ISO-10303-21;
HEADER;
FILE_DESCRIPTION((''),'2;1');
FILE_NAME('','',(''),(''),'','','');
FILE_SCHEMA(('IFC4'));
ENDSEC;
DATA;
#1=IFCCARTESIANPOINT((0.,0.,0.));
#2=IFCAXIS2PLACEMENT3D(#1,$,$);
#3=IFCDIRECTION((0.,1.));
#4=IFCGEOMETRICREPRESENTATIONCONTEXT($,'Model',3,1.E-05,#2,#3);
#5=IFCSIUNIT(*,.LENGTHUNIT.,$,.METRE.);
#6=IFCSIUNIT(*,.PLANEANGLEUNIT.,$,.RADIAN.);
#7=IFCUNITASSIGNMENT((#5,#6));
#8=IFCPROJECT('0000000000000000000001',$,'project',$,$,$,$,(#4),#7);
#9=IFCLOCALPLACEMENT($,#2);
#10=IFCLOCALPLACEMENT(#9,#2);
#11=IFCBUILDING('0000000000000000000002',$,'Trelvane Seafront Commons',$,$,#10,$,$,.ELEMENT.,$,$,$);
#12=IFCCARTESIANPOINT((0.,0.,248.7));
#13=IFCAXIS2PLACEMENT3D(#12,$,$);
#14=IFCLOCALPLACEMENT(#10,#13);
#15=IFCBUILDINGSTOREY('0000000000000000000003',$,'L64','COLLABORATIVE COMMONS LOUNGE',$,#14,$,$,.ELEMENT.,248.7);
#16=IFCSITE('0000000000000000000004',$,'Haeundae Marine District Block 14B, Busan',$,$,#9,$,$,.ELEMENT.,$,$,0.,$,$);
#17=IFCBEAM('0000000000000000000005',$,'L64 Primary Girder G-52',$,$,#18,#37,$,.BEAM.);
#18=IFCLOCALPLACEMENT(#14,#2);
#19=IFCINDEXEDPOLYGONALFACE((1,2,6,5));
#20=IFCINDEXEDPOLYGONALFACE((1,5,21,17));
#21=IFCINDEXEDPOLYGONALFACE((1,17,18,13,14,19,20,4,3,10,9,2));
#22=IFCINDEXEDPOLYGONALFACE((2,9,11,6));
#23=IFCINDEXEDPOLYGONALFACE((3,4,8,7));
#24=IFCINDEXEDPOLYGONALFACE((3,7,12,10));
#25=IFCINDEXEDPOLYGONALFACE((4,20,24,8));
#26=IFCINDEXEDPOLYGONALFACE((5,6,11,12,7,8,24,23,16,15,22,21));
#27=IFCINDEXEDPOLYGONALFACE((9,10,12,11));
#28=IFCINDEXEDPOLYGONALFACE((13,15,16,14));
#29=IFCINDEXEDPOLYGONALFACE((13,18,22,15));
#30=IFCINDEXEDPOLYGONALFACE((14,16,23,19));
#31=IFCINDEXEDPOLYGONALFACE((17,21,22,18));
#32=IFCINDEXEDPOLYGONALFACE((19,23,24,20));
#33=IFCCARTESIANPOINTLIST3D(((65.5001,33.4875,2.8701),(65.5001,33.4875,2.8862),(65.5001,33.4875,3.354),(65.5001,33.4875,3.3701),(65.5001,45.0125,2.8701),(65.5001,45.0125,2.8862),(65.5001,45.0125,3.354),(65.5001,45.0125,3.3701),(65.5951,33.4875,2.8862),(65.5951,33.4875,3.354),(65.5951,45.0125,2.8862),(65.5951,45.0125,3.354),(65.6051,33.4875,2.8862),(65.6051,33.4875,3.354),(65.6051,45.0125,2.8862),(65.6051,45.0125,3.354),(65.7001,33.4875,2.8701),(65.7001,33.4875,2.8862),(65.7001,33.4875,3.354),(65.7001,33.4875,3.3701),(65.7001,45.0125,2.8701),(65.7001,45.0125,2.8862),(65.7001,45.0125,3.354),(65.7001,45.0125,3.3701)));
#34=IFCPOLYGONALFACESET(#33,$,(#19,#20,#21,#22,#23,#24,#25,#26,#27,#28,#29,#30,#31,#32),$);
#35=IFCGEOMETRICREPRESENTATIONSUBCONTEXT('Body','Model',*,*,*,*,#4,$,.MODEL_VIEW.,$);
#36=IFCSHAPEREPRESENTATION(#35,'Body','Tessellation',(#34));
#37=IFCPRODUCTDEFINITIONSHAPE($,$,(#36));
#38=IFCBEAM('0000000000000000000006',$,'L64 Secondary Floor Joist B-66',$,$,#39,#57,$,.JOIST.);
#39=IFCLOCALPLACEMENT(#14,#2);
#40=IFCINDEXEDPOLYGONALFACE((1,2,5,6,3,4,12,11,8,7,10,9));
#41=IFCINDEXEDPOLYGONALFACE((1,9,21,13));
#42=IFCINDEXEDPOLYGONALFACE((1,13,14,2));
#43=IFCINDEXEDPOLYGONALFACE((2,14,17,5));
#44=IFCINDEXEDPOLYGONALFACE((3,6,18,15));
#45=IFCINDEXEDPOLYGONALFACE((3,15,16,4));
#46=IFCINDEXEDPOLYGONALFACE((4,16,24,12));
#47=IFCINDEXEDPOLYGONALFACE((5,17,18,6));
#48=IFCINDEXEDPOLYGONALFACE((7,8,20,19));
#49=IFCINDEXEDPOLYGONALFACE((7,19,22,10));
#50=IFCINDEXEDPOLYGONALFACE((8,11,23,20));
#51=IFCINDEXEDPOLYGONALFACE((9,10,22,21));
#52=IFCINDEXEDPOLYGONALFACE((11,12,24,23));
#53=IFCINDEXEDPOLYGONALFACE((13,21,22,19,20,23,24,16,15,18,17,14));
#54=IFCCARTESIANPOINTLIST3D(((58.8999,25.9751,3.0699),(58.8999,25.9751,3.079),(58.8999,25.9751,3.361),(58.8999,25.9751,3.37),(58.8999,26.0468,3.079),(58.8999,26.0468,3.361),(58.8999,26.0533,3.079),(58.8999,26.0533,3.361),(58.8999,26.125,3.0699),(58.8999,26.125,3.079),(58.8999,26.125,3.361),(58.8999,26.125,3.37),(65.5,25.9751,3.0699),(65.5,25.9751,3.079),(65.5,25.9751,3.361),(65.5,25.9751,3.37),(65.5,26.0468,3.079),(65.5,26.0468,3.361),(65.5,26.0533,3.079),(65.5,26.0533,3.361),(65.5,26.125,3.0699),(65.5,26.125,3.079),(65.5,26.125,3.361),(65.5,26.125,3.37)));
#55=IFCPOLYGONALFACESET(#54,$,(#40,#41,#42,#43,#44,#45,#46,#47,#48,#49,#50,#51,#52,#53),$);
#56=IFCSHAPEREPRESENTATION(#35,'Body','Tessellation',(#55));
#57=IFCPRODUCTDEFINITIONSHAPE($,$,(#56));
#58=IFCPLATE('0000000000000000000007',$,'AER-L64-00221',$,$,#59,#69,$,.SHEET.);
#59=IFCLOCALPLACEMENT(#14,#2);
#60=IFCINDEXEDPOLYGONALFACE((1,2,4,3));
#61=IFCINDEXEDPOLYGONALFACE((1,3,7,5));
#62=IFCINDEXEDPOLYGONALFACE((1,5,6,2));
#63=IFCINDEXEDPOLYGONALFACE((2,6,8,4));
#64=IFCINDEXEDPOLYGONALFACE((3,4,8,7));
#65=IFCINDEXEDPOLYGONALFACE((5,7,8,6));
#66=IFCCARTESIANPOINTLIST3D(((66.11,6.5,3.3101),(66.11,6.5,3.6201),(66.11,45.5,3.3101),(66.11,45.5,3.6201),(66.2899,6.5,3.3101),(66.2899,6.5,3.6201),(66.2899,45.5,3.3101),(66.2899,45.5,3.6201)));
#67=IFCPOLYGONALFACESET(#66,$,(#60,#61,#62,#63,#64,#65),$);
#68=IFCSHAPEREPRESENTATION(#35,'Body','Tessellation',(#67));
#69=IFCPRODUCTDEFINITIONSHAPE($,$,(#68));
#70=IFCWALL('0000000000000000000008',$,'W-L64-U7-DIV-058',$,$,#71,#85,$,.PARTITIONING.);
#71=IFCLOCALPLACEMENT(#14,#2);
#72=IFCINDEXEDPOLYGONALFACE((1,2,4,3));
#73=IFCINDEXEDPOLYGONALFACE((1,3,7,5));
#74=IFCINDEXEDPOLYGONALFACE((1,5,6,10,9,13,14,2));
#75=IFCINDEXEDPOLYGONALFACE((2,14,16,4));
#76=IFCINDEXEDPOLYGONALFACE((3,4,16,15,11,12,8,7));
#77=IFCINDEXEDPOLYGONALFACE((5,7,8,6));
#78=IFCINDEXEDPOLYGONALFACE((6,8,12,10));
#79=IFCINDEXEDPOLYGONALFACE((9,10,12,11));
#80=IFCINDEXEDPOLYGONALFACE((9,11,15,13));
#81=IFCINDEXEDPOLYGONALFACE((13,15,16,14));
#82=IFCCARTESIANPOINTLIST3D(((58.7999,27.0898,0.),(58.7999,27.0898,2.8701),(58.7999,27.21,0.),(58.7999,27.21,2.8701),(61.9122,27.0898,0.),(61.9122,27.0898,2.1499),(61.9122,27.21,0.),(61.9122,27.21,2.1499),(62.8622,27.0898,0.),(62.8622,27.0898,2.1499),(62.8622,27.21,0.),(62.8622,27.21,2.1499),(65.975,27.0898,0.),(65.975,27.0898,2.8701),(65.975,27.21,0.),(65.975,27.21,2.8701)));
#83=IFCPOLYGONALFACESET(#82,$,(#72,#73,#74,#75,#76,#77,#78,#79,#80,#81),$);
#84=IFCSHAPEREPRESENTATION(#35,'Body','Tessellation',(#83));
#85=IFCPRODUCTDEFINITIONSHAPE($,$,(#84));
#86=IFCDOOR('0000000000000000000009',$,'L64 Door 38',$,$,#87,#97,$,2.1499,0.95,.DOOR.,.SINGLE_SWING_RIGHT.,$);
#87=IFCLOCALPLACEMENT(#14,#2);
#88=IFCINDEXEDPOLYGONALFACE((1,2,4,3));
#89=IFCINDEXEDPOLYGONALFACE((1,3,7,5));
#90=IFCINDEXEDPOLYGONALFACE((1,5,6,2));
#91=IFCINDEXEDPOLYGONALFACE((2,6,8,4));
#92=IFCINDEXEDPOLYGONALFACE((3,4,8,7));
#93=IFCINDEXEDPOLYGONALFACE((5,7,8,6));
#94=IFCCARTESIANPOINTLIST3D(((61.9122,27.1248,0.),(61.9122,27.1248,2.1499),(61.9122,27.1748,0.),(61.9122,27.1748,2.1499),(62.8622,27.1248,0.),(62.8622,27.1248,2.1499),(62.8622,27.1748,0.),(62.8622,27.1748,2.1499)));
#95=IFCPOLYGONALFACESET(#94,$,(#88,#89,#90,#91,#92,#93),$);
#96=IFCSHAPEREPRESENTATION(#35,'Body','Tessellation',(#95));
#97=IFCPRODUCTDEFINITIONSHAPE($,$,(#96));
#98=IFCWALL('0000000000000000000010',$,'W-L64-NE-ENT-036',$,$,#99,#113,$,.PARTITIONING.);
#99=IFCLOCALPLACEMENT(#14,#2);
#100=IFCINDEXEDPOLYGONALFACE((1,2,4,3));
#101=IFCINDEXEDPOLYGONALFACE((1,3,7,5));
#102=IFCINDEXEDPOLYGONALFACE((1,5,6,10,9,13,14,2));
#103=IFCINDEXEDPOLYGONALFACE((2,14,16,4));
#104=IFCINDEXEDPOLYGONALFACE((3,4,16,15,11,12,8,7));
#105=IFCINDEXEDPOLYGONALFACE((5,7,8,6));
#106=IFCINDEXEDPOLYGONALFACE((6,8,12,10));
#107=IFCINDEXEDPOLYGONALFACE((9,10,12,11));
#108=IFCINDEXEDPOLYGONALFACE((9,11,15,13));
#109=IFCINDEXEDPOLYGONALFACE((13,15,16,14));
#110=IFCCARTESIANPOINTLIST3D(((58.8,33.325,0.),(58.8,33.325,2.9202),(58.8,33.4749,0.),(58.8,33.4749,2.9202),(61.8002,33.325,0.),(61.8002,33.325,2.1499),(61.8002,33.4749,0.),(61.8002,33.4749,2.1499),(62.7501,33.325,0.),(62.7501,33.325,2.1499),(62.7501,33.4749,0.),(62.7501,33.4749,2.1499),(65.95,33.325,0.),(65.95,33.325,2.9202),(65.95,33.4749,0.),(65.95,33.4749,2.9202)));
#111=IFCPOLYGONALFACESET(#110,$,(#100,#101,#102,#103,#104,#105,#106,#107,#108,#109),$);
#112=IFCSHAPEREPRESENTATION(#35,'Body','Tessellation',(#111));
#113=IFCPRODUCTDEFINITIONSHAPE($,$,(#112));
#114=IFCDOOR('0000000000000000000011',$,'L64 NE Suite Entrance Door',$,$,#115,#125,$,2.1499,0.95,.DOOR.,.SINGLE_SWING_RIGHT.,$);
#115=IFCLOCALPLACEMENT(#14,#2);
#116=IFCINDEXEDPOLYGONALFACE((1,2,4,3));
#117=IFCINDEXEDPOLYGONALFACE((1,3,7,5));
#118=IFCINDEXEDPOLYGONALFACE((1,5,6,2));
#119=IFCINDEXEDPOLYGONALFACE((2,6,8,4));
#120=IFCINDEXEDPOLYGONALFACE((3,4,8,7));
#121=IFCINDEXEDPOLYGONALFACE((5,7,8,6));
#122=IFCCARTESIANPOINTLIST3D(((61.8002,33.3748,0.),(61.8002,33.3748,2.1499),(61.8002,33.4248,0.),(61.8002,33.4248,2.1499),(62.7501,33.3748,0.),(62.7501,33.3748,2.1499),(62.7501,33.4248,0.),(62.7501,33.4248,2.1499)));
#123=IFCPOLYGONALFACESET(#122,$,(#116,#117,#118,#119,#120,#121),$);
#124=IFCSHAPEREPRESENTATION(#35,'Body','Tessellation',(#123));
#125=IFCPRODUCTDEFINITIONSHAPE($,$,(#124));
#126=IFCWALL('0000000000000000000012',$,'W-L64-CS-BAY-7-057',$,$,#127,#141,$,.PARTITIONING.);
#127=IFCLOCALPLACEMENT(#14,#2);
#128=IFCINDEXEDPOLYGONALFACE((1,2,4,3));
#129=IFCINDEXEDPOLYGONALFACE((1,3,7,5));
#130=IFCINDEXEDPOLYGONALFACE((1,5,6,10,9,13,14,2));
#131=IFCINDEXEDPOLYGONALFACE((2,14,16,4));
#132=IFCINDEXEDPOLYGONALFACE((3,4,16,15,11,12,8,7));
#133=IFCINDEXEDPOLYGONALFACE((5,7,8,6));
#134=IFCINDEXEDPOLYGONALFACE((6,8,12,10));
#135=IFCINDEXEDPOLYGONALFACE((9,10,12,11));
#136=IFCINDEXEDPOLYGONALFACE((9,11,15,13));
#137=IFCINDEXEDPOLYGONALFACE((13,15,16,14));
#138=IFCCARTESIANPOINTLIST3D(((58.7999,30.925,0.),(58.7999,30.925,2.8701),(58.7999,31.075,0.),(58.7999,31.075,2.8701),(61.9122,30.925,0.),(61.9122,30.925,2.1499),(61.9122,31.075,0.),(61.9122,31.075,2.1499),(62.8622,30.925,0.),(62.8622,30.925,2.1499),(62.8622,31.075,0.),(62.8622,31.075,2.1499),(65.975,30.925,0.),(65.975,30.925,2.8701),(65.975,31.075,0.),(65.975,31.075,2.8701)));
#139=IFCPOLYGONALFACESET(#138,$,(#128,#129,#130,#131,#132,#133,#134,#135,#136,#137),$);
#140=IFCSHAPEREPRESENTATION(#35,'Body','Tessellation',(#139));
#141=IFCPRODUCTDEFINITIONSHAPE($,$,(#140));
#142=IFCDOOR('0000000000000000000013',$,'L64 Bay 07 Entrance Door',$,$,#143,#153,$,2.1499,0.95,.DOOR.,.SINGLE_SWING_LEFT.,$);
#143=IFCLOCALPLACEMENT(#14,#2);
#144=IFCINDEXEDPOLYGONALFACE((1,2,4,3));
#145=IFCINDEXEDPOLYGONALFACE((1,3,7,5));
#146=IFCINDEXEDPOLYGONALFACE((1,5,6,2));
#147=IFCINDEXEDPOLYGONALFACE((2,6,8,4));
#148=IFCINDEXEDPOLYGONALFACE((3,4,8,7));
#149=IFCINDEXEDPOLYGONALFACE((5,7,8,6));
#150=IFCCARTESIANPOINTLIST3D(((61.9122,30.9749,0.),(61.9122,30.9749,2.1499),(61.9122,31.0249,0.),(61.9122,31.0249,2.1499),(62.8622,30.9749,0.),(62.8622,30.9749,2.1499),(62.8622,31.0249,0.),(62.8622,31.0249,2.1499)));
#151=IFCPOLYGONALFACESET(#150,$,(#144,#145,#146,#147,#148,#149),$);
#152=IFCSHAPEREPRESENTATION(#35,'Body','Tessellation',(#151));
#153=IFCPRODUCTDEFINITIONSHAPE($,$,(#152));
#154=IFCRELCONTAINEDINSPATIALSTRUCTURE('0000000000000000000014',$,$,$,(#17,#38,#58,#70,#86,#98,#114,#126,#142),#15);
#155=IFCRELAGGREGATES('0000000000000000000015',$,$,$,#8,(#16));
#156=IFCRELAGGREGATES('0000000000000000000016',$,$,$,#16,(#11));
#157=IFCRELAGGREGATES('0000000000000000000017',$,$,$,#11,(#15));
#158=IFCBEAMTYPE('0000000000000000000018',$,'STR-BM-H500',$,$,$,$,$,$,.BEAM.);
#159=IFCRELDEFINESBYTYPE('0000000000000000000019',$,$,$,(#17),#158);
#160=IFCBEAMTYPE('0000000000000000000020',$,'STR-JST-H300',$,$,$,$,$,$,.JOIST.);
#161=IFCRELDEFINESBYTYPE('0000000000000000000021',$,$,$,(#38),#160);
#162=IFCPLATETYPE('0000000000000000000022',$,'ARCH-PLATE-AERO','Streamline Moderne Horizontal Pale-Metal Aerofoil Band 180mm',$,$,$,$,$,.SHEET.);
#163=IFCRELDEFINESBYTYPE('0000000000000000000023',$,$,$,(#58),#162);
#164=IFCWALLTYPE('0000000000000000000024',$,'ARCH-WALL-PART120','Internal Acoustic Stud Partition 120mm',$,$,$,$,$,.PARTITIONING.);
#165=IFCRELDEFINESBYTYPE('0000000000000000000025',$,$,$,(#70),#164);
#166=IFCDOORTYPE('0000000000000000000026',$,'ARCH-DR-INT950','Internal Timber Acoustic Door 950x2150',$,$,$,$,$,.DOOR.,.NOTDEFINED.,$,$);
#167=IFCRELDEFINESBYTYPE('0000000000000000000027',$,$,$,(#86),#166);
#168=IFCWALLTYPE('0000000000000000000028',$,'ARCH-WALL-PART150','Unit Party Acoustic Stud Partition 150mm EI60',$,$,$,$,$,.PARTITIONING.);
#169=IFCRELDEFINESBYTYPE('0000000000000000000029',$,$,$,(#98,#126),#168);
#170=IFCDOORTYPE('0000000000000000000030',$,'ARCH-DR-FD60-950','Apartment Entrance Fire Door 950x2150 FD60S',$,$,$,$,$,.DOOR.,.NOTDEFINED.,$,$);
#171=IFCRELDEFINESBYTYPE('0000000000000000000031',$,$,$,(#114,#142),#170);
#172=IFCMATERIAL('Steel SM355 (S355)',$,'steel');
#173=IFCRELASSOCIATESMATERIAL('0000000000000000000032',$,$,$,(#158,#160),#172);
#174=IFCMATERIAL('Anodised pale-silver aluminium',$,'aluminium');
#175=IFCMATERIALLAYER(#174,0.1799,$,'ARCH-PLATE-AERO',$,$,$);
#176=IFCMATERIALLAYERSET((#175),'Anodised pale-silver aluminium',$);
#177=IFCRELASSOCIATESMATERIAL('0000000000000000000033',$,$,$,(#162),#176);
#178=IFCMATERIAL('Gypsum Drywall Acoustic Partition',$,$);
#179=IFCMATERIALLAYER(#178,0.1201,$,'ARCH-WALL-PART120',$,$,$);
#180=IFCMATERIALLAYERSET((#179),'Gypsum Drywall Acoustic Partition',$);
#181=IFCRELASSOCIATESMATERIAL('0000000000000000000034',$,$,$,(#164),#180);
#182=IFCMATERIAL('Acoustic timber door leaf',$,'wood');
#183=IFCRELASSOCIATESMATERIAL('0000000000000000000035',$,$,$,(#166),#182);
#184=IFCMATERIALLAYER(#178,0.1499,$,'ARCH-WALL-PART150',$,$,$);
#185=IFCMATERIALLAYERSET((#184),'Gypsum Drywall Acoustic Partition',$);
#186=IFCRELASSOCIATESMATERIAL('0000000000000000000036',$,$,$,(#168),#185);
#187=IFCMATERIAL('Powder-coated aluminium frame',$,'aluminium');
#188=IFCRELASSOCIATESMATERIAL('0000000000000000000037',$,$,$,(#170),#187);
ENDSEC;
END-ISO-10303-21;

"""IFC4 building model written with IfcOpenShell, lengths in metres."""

from ifc_helpers import new_model, si_unit, direction, frame, frame_2d, origin, origin_2d, place, context, subcontext, project, spatial, rectangle, i_section, extrude, source, transform, mapped, material, layer, layer_set, material_profile, profile_set, type_object, element, fill, save


model = new_model("IFC4")

# Units and contexts
model_context = context("Model", 3, precision=1e-05, world=origin(), true_north=direction((0.0, 1.0)))
body_context = subcontext(model_context, "Body", "Model", "MODEL_VIEW")
ifc_project = project(units=[si_unit("LENGTHUNIT", "METRE"), si_unit("PLANEANGLEUNIT", "RADIAN")], contexts=[model_context])

# Site, building, storey
site_placement = place(None, origin())
site = spatial("IfcSite", under=ifc_project, at=site_placement, Name="Haeundae Marine District Block 14B, Busan", CompositionType="ELEMENT", RefElevation=0.0)
building_placement = place(site_placement, origin())
building = spatial("IfcBuilding", under=site, at=building_placement, Name="Trelvane Seafront Commons", CompositionType="ELEMENT")
storey_placement = place(building_placement, frame((0.0, 0.0, 248.7)))
storey = spatial("IfcBuildingStorey", under=building, at=storey_placement, Name="L64", Description="COLLABORATIVE COMMONS LOUNGE", CompositionType="ELEMENT", Elevation=248.7)

# Shared definitions
ifc_material_1 = material(Name="Steel SM355 (S355)", Category="steel")

# Beams
ifc_material_profile_1 = material_profile(ifc_material_1, i_section(OverallWidth=0.2, OverallDepth=0.5, WebThickness=0.01, FlangeThickness=0.0161, at=origin_2d()), Name="H-500x200x10x16")
ifc_profile_set_1 = profile_set([ifc_material_profile_1], Name="Steel SM355 (S355)")
beam_type_1 = type_object("IfcBeamType", Name="STR-BM-H500", PredefinedType="BEAM", material=ifc_profile_set_1)
shared_shape_1 = source(origin(), body_context, "Body", "SweptSolid", [
    extrude(i_section(OverallWidth=0.2, OverallDepth=0.5, WebThickness=0.01, FlangeThickness=0.0161, at=origin_2d()), origin(), (0.0, 0.0, 1.0), 11.5249),
])
beam_1_placement = place(storey_placement, frame((65.6001, 33.4875, 3.1201), z_axis=(0.0, 1.0, 0.0), x_axis=(-1.0, 0.0, 0.0)))
element("IfcBeam", 1, at=beam_1_placement, inside=storey, type_object=beam_type_1, Name="L64 Primary Girder G-52", PredefinedType="BEAM", context=body_context, shape_type="MappedRepresentation", body=[
    mapped(shared_shape_1, transform((0.0, 0.0, 0.0), x_axis=(1.0, 0.0, 0.0), y_axis=(0.0, 1.0, 0.0), z_axis=(0.0, 0.0, 1.0), scale=1.0)),
])
ifc_material_profile_2 = material_profile(ifc_material_1, i_section(OverallWidth=0.1499, OverallDepth=0.3, WebThickness=0.0066, FlangeThickness=0.009, at=origin_2d()), Name="H-300x150x6.5x9")
ifc_profile_set_2 = profile_set([ifc_material_profile_2], Name="Steel SM355 (S355)")
beam_type_2 = type_object("IfcBeamType", Name="STR-JST-H300", PredefinedType="JOIST", material=ifc_profile_set_2)
shared_shape_2 = source(origin(), body_context, "Body", "SweptSolid", [
    extrude(i_section(OverallWidth=0.1499, OverallDepth=0.3, WebThickness=0.0066, FlangeThickness=0.009, at=origin_2d()), origin(), (0.0, 0.0, 1.0), 6.6001),
])
beam_2_placement = place(storey_placement, frame((58.8999, 26.05, 3.22), z_axis=(1.0, 0.0, 0.0), x_axis=(0.0, 1.0, 0.0)))
element("IfcBeam", 2, at=beam_2_placement, inside=storey, type_object=beam_type_2, Name="L64 Secondary Floor Joist B-66", PredefinedType="JOIST", context=body_context, shape_type="MappedRepresentation", body=[
    mapped(shared_shape_2, transform((0.0, 0.0, 0.0), x_axis=(1.0, 0.0, 0.0), y_axis=(0.0, 1.0, 0.0), z_axis=(0.0, 0.0, 1.0), scale=1.0)),
])

# Plate
ifc_material_2 = material(Name="Anodised pale-silver aluminium", Category="aluminium")
ifc_layer_1 = layer(ifc_material_2, 0.1799, Name="ARCH-PLATE-AERO")
ifc_layer_set_1 = layer_set([ifc_layer_1], Name="Anodised pale-silver aluminium")
plate_type = type_object("IfcPlateType", Name="ARCH-PLATE-AERO", Description="Streamline Moderne Horizontal Pale-Metal Aerofoil Band 180mm", PredefinedType="SHEET", material=ifc_layer_set_1)
shared_shape_3 = source(origin(), body_context, "Body", "SweptSolid", [
    extrude(rectangle(XDim=39.0, YDim=0.1799, at=origin_2d()), origin(), (0.0, 0.0, 1.0), 0.3101),
])
plate_placement = place(storey_placement, frame((66.2, 26.0, 3.3101), z_axis=(0.0, 0.0, 1.0), x_axis=(0.0, -1.0, 0.0)))
element("IfcPlate", 3, at=plate_placement, inside=storey, type_object=plate_type, Name="AER-L64-00221", PredefinedType="SHEET", context=body_context, shape_type="MappedRepresentation", body=[
    mapped(shared_shape_3, transform((0.0, 0.0, 0.0), x_axis=(1.0, 0.0, 0.0), y_axis=(0.0, 1.0, 0.0), z_axis=(0.0, 0.0, 1.0), scale=1.0)),
])

# Walls, openings, doors
ifc_material_3 = material(Name="Gypsum Drywall Acoustic Partition")
ifc_layer_2 = layer(ifc_material_3, 0.1201, Name="ARCH-WALL-PART120")
ifc_layer_set_2 = layer_set([ifc_layer_2], Name="Gypsum Drywall Acoustic Partition")
wall_type_1 = type_object("IfcWallType", Name="ARCH-WALL-PART120", Description="Internal Acoustic Stud Partition 120mm", PredefinedType="PARTITIONING", material=ifc_layer_set_2)
wall_1_placement = place(storey_placement, frame((58.8, 27.1499, 0.0), z_axis=(0.0, 0.0, 1.0), x_axis=(1.0, 0.0, 0.0)))
wall_1 = element("IfcWall", 4, at=wall_1_placement, inside=storey, type_object=wall_type_1, Name="W-L64-U7-DIV-058", PredefinedType="PARTITIONING", context=body_context, shape_type="SweptSolid", body=[
    extrude(rectangle(XDim=7.175, YDim=0.1201, at=frame_2d((3.5874, 0.0))), origin(), (0.0, 0.0, 1.0), 2.8701),
])
opening_1_placement = place(wall_1_placement, frame((3.1121, 0.0, 0.0)))
opening_1 = element("IfcOpeningElement", 5, at=opening_1_placement, cuts=wall_1, PredefinedType="OPENING", context=body_context, shape_type="SweptSolid", body=[
    extrude(rectangle(XDim=0.95, YDim=2.1499, at=frame_2d((0.4751, 1.075))), frame((0.0, 0.0701, 0.0), z_axis=(0.0, -1.0, 0.0), x_axis=(1.0, 0.0, 0.0)), (0.0, 0.0, 1.0), 0.1401),
])
ifc_material_4 = material(Name="Acoustic timber door leaf", Category="wood")
door_type_1 = type_object("IfcDoorType", Name="ARCH-DR-INT950", Description="Internal Timber Acoustic Door 950x2150", OperationType="NOTDEFINED", PredefinedType="DOOR", material=ifc_material_4)
shared_shape_4 = source(origin(), body_context, "Body", "SweptSolid", [
    extrude(rectangle(XDim=0.95, YDim=2.1499, at=frame_2d((0.4751, 1.075))), frame((0.0, 0.0249, 0.0), z_axis=(0.0, -1.0, 0.0), x_axis=(1.0, 0.0, 0.0)), (0.0, 0.0, 1.0), 0.05),
])
door_1_placement = place(opening_1_placement, origin())
door_1 = element("IfcDoor", 6, at=door_1_placement, inside=storey, type_object=door_type_1, Name="L64 Door 38", OperationType="SINGLE_SWING_RIGHT", OverallHeight=2.1499, OverallWidth=0.95, PredefinedType="DOOR", context=body_context, shape_type="MappedRepresentation", body=[
    mapped(shared_shape_4, transform((0.0, 0.0, 0.0), x_axis=(1.0, 0.0, 0.0), y_axis=(0.0, 1.0, 0.0), z_axis=(0.0, 0.0, 1.0), scale=1.0)),
])
fill(opening_1, door_1)
ifc_layer_3 = layer(ifc_material_3, 0.1499, Name="ARCH-WALL-PART150")
ifc_layer_set_3 = layer_set([ifc_layer_3], Name="Gypsum Drywall Acoustic Partition")
wall_type_2 = type_object("IfcWallType", Name="ARCH-WALL-PART150", Description="Unit Party Acoustic Stud Partition 150mm EI60", PredefinedType="PARTITIONING", material=ifc_layer_set_3)
wall_2_placement = place(storey_placement, frame((58.8, 33.3999, 0.0), z_axis=(0.0, 0.0, 1.0), x_axis=(1.0, 0.0, 0.0)))
wall_2 = element("IfcWall", 7, at=wall_2_placement, inside=storey, type_object=wall_type_2, Name="W-L64-NE-ENT-036", PredefinedType="PARTITIONING", context=body_context, shape_type="SweptSolid", body=[
    extrude(rectangle(XDim=7.1499, YDim=0.1499, at=frame_2d((3.575, 0.0))), origin(), (0.0, 0.0, 1.0), 2.9202),
])
opening_2_placement = place(wall_2_placement, frame((3.0, 0.0, 0.0)))
opening_2 = element("IfcOpeningElement", 8, at=opening_2_placement, cuts=wall_2, PredefinedType="OPENING", context=body_context, shape_type="SweptSolid", body=[
    extrude(rectangle(XDim=0.95, YDim=2.1499, at=frame_2d((0.4751, 1.075))), frame((0.0, 0.085, 0.0), z_axis=(0.0, -1.0, 0.0), x_axis=(1.0, 0.0, 0.0)), (0.0, 0.0, 1.0), 0.1699),
])
ifc_material_5 = material(Name="Powder-coated aluminium frame", Category="aluminium")
door_type_2 = type_object("IfcDoorType", Name="ARCH-DR-FD60-950", Description="Apartment Entrance Fire Door 950x2150 FD60S", OperationType="NOTDEFINED", PredefinedType="DOOR", material=ifc_material_5)
door_2_placement = place(opening_2_placement, origin())
door_2 = element("IfcDoor", 9, at=door_2_placement, inside=storey, type_object=door_type_2, Name="L64 NE Suite Entrance Door", OperationType="SINGLE_SWING_RIGHT", OverallHeight=2.1499, OverallWidth=0.95, PredefinedType="DOOR", context=body_context, shape_type="MappedRepresentation", body=[
    mapped(shared_shape_4, transform((0.0, 0.0, 0.0), x_axis=(1.0, 0.0, 0.0), y_axis=(0.0, 1.0, 0.0), z_axis=(0.0, 0.0, 1.0), scale=1.0)),
])
fill(opening_2, door_2)
wall_3_placement = place(storey_placement, frame((58.8, 31.0, 0.0), z_axis=(0.0, 0.0, 1.0), x_axis=(1.0, 0.0, 0.0)))
wall_3 = element("IfcWall", 10, at=wall_3_placement, inside=storey, type_object=wall_type_2, Name="W-L64-CS-BAY-7-057", PredefinedType="PARTITIONING", context=body_context, shape_type="SweptSolid", body=[
    extrude(rectangle(XDim=7.175, YDim=0.1499, at=frame_2d((3.5874, 0.0))), origin(), (0.0, 0.0, 1.0), 2.8701),
])
opening_3_placement = place(wall_3_placement, frame((3.1121, 0.0, 0.0)))
opening_3 = element("IfcOpeningElement", 11, at=opening_3_placement, cuts=wall_3, PredefinedType="OPENING", context=body_context, shape_type="SweptSolid", body=[
    extrude(rectangle(XDim=0.95, YDim=2.1499, at=frame_2d((0.4751, 1.075))), frame((0.0, 0.085, 0.0), z_axis=(0.0, -1.0, 0.0), x_axis=(1.0, 0.0, 0.0)), (0.0, 0.0, 1.0), 0.1699),
])
door_3_placement = place(opening_3_placement, origin())
door_3 = element("IfcDoor", 12, at=door_3_placement, inside=storey, type_object=door_type_2, Name="L64 Bay 07 Entrance Door", OperationType="SINGLE_SWING_LEFT", OverallHeight=2.1499, OverallWidth=0.95, PredefinedType="DOOR", context=body_context, shape_type="MappedRepresentation", body=[
    mapped(shared_shape_4, transform((0.0, 0.0, 0.0), x_axis=(1.0, 0.0, 0.0), y_axis=(0.0, 1.0, 0.0), z_axis=(0.0, 0.0, 1.0), scale=1.0)),
])
fill(opening_3, door_3)

save(model, "model.ifc")
